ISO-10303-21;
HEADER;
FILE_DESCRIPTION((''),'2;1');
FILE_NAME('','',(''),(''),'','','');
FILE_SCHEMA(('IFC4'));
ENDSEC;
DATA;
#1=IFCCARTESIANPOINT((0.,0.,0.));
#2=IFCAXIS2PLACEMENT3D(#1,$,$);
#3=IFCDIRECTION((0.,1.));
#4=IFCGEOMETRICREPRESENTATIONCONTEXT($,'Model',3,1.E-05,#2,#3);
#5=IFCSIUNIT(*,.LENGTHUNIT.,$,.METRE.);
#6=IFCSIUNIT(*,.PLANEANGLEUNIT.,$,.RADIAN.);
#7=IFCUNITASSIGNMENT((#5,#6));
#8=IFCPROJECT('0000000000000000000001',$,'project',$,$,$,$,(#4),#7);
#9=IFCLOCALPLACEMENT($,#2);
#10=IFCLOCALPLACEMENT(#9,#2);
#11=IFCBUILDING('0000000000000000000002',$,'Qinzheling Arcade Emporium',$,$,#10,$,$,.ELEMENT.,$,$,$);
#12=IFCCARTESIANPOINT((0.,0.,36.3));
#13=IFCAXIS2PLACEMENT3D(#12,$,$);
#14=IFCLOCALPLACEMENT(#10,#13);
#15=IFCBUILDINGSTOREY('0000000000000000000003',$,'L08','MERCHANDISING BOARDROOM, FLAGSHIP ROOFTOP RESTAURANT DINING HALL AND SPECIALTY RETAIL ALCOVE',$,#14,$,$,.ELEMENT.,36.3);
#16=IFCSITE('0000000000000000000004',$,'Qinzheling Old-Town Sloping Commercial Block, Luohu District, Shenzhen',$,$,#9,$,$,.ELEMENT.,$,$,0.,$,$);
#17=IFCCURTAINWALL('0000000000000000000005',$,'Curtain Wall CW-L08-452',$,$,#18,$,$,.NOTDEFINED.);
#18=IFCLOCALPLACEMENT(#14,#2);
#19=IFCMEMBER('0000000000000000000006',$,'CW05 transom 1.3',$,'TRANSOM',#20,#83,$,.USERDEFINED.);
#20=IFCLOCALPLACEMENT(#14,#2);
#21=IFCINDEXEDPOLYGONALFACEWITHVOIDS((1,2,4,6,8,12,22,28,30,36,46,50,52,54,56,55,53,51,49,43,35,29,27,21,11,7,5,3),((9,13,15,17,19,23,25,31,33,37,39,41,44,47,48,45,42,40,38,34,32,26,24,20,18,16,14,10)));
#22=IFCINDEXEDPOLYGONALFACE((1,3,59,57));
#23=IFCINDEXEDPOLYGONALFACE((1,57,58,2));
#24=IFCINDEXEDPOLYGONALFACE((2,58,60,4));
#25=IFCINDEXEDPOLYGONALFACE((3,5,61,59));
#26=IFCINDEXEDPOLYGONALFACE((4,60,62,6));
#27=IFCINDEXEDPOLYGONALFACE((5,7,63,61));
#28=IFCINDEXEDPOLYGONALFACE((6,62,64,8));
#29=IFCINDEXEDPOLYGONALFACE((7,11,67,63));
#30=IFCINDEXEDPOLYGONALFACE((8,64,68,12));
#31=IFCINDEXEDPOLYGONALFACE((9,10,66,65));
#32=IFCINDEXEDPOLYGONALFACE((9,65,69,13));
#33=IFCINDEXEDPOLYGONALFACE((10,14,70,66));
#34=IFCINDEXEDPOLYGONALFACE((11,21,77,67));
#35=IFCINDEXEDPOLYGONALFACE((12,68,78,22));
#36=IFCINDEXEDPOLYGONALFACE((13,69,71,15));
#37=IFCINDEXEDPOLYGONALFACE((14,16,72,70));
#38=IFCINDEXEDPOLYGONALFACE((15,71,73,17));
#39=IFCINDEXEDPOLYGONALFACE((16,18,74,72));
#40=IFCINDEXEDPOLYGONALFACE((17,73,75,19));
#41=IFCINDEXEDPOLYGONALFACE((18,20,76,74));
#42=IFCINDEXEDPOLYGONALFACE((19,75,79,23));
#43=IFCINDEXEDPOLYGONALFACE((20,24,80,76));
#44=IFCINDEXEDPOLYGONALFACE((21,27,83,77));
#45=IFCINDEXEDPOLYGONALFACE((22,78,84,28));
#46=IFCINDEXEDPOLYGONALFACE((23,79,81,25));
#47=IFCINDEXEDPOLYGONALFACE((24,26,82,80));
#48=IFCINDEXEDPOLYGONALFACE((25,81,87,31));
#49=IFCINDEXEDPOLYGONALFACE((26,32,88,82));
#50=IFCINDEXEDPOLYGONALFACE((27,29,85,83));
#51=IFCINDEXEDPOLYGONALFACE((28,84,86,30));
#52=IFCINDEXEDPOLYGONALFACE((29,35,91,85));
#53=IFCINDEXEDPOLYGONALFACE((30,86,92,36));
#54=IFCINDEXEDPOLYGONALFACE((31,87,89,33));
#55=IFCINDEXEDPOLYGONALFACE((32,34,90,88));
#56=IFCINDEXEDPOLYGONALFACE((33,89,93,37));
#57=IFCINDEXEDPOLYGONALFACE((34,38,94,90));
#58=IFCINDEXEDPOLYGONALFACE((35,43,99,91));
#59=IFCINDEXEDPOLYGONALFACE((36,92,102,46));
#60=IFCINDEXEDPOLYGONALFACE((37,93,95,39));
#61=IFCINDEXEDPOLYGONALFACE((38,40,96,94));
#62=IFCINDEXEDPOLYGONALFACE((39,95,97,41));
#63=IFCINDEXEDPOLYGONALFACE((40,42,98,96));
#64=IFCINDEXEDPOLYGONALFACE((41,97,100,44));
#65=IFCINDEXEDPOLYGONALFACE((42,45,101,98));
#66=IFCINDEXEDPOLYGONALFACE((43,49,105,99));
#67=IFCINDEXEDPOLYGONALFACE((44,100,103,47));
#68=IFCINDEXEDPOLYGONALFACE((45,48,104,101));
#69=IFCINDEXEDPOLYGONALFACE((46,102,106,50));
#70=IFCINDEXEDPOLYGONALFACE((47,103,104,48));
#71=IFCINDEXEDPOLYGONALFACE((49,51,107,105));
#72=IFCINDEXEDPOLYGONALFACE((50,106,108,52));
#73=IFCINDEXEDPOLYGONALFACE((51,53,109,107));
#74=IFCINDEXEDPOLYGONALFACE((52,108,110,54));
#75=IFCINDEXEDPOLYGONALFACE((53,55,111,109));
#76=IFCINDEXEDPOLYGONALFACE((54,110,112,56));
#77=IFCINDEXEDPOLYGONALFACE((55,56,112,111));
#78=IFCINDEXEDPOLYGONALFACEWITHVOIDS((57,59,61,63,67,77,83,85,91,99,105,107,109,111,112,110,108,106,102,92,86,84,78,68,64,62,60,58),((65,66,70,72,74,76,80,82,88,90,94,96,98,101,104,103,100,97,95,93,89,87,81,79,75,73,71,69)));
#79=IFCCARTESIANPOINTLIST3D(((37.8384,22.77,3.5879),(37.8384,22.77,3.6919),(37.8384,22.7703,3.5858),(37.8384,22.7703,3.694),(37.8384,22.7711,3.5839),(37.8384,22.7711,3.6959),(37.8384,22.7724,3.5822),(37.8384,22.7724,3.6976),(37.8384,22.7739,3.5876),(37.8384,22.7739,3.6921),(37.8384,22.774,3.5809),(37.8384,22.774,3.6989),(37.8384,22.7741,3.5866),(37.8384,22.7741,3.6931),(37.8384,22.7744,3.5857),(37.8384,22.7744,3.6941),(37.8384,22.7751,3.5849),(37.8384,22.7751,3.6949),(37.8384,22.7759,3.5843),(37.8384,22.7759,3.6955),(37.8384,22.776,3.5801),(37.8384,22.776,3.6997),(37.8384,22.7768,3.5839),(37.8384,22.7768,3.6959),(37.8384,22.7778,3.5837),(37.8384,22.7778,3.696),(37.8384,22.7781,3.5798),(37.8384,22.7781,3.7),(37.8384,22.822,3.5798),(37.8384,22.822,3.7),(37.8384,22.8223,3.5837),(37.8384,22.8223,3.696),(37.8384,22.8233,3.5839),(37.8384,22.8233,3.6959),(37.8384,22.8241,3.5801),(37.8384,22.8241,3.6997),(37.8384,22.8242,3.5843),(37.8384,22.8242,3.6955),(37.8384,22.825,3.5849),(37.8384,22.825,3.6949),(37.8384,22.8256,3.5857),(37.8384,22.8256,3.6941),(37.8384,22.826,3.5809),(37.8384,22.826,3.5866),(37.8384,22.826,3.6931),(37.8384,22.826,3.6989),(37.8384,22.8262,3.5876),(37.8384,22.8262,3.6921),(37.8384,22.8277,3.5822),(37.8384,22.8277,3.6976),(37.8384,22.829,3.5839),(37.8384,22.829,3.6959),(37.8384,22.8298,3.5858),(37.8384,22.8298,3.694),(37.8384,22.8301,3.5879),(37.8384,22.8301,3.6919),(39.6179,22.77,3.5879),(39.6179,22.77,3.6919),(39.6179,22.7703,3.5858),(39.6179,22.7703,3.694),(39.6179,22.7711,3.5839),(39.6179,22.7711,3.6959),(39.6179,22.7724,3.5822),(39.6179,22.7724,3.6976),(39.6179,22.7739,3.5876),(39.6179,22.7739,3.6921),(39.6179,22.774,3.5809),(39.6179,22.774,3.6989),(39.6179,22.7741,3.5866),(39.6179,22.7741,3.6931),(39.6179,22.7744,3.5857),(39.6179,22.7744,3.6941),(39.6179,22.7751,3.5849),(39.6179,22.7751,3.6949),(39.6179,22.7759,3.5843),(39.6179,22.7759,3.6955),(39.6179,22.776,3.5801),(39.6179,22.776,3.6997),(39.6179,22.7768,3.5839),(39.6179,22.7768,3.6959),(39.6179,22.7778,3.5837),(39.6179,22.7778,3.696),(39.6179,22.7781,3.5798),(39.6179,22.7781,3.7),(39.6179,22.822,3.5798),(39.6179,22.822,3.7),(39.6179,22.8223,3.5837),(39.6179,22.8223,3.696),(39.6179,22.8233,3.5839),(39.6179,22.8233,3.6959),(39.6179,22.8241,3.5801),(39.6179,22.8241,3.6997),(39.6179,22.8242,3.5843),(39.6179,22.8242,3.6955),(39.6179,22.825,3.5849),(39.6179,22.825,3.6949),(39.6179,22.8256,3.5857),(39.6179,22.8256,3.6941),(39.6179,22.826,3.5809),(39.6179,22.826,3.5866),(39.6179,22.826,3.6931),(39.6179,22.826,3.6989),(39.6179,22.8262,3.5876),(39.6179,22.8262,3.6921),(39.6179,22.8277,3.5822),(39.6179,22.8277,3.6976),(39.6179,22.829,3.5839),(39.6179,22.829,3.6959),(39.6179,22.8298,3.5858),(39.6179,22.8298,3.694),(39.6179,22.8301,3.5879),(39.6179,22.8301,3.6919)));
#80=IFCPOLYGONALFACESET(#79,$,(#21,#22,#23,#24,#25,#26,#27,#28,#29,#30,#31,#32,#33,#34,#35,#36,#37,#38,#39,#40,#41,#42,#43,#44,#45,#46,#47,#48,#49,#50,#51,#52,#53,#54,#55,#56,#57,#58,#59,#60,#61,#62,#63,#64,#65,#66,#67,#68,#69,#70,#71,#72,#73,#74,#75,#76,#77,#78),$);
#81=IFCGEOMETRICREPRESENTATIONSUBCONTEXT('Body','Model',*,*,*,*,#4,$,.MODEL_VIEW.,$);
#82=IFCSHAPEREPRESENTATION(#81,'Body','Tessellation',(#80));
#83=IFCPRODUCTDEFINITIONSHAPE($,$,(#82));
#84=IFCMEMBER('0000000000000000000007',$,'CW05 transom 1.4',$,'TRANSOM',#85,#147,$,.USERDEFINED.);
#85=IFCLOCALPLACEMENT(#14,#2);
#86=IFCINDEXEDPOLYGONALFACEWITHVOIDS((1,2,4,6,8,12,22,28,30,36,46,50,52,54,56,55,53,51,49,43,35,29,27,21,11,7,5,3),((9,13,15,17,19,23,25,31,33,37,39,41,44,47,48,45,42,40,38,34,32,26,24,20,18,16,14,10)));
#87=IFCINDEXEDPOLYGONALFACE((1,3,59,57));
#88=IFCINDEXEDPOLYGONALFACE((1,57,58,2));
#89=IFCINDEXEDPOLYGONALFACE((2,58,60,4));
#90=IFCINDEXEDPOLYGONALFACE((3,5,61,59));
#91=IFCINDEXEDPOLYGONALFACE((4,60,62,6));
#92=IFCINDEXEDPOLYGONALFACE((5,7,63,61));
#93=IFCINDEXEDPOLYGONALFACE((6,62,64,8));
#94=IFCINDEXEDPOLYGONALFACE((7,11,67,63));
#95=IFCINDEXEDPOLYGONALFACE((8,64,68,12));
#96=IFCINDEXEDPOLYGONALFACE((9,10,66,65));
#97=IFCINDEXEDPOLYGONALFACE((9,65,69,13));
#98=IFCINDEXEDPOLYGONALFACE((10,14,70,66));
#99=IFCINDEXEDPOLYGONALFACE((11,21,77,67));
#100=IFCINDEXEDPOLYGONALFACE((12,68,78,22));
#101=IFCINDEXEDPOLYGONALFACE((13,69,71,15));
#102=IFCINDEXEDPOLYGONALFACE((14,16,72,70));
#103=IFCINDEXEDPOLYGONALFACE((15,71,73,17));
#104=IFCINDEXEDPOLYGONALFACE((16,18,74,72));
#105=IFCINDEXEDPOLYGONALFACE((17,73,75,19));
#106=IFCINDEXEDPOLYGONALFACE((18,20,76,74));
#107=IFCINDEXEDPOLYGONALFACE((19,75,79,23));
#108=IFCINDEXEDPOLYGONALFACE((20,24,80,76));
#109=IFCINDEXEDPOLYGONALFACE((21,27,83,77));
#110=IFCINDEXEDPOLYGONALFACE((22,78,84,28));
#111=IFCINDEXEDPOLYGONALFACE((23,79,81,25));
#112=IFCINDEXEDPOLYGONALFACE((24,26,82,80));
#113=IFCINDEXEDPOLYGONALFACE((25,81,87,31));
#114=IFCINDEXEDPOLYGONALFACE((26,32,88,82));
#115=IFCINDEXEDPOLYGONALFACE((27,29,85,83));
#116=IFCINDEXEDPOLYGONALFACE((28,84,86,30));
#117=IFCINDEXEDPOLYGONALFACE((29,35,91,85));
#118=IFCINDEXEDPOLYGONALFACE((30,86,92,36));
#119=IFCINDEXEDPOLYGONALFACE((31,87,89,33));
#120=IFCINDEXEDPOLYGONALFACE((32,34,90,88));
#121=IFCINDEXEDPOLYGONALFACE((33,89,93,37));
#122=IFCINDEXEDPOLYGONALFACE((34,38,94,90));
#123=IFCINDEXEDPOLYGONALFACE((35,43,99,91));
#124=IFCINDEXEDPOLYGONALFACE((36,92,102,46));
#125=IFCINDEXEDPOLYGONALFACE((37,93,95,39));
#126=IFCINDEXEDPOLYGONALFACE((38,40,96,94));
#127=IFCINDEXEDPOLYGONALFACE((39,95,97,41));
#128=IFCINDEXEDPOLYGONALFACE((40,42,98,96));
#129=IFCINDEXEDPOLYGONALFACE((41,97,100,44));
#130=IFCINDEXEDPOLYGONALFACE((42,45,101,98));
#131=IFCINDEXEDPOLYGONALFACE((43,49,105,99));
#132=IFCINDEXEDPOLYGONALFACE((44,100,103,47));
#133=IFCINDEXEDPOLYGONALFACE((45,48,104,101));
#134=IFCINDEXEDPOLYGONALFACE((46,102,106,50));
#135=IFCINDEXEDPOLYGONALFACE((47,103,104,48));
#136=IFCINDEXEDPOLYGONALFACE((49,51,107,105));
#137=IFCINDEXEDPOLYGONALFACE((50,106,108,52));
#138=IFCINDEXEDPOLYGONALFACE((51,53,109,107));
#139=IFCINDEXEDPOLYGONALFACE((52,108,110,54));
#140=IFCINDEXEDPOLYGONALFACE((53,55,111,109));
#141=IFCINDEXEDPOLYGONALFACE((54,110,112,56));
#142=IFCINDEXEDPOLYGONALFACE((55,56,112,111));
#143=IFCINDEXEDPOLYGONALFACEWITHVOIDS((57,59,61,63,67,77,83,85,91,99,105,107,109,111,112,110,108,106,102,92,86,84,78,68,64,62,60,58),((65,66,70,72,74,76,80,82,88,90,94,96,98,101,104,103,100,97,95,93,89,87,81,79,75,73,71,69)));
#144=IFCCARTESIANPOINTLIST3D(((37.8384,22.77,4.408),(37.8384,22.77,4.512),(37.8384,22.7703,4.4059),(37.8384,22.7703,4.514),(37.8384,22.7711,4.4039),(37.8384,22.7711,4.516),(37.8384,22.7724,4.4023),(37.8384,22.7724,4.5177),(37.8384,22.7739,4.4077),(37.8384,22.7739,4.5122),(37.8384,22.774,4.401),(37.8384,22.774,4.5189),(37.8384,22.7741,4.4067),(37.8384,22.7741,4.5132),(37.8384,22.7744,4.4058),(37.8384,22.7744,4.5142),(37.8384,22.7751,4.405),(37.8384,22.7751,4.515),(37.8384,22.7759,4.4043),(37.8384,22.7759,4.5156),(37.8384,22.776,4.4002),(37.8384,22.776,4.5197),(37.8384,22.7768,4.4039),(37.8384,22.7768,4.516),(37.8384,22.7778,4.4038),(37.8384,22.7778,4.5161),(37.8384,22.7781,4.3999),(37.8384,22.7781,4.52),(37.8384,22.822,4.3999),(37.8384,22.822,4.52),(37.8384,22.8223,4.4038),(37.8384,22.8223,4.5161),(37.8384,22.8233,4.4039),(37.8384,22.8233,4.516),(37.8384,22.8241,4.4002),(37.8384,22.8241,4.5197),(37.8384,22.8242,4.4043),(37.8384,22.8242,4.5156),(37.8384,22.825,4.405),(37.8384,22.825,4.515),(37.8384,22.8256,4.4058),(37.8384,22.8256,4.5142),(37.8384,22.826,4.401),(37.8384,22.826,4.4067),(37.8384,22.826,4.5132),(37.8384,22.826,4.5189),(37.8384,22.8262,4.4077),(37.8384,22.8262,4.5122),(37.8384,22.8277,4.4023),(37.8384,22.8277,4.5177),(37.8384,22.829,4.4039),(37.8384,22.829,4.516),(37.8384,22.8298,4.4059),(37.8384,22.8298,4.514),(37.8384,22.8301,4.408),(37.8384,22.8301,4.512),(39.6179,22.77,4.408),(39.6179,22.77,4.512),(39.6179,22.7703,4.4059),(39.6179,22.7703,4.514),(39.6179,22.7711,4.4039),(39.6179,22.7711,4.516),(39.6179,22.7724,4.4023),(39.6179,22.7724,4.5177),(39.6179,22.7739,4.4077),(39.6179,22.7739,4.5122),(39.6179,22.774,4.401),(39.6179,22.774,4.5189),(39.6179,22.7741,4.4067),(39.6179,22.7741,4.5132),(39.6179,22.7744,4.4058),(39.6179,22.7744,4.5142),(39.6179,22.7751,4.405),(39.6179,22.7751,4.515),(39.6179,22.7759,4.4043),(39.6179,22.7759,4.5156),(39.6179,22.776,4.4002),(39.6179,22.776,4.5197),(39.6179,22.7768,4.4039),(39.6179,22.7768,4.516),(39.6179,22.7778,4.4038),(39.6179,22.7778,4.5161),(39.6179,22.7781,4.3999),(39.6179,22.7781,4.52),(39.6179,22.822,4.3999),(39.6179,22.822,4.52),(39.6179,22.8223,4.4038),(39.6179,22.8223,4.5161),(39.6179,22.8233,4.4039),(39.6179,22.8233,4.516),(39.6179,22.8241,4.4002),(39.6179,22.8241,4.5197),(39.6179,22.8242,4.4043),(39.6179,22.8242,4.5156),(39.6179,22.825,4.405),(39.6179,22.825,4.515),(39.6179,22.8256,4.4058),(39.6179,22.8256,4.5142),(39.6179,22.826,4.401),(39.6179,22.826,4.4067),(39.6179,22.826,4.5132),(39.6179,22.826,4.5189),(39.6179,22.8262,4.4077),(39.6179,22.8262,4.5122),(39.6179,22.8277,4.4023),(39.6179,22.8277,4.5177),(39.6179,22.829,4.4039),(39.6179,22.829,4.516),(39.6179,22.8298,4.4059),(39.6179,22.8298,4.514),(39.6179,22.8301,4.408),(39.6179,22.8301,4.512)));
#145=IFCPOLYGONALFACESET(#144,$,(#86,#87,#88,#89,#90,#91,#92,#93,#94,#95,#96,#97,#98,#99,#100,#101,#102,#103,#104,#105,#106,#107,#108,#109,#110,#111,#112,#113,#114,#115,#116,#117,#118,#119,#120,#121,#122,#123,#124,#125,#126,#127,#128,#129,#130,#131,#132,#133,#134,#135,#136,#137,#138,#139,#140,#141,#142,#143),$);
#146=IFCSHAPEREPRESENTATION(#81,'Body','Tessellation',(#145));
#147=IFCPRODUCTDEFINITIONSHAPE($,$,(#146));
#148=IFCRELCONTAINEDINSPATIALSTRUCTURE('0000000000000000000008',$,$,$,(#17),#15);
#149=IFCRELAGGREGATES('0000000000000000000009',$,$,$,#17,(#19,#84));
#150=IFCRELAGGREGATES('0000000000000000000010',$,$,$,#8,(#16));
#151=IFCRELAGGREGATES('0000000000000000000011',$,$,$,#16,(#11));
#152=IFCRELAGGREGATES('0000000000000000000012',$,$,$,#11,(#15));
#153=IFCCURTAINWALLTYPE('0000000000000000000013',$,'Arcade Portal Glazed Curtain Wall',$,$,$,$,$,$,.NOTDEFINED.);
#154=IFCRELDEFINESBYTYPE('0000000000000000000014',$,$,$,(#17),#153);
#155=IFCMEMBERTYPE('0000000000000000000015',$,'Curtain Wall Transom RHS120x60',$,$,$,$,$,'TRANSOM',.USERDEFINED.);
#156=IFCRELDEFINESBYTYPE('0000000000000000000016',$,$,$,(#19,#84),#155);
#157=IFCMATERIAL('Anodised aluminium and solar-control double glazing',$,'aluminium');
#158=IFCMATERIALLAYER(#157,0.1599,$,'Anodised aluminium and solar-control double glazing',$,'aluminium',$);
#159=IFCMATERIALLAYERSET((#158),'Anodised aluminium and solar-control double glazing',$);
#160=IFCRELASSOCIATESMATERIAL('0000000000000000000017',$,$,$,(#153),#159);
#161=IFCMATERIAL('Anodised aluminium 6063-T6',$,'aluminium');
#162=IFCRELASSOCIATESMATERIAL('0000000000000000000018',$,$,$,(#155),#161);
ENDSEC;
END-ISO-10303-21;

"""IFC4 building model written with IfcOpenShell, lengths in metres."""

from ifc_helpers import new_model, si_unit, direction, frame, origin, origin_2d, place, context, subcontext, project, spatial, hollow_rectangle, extrude, material, layer, layer_set, material_profile, profile_set, type_object, element, aggregate, save


model = new_model("IFC4")

# Units and contexts
model_context = context("Model", 3, precision=1e-05, world=origin(), true_north=direction((0.0, 1.0)))
body_context = subcontext(model_context, "Body", "Model", "MODEL_VIEW")
ifc_project = project(units=[si_unit("LENGTHUNIT", "METRE"), si_unit("PLANEANGLEUNIT", "RADIAN")], contexts=[model_context])

# Site, building, storey
site_placement = place(None, origin())
site = spatial("IfcSite", under=ifc_project, at=site_placement, Name="Qinzheling Old-Town Sloping Commercial Block, Luohu District, Shenzhen", CompositionType="ELEMENT", RefElevation=0.0)
building_placement = place(site_placement, origin())
building = spatial("IfcBuilding", under=site, at=building_placement, Name="Qinzheling Arcade Emporium", CompositionType="ELEMENT")
storey_placement = place(building_placement, frame((0.0, 0.0, 36.3)))
storey = spatial("IfcBuildingStorey", under=building, at=storey_placement, Name="L08", Description="MERCHANDISING BOARDROOM, FLAGSHIP ROOFTOP RESTAURANT DINING HALL AND SPECIALTY RETAIL ALCOVE", CompositionType="ELEMENT", Elevation=36.3)

# Shared definitions
ifc_material_1 = material(Name="Anodised aluminium and solar-control double glazing", Category="aluminium")
ifc_layer_1 = layer(ifc_material_1, 0.1599, Name="Anodised aluminium and solar-control double glazing", Category="aluminium")
ifc_layer_set_1 = layer_set([ifc_layer_1], Name="Anodised aluminium and solar-control double glazing")
curtain_wall_type = type_object("IfcCurtainWallType", Name="Arcade Portal Glazed Curtain Wall", PredefinedType="NOTDEFINED", material=ifc_layer_set_1)
ifc_material_2 = material(Name="Anodised aluminium 6063-T6", Category="aluminium")

# Curtain wall, members
curtain_wall_1_placement = place(storey_placement, origin())
curtain_wall_1 = element("IfcCurtainWall", 1, at=curtain_wall_1_placement, inside=storey, type_object=curtain_wall_type, Name="Curtain Wall CW-L08-452", PredefinedType="NOTDEFINED")
ifc_material_profile_1 = material_profile(ifc_material_2, hollow_rectangle(XDim=0.0601, YDim=0.1201, WallThickness=0.0039, InnerFilletRadius=0.0039, OuterFilletRadius=0.0081, at=origin_2d()), Name="RHS 120x60x4", Category="aluminium")
ifc_profile_set_1 = profile_set([ifc_material_profile_1], Name="Anodised aluminium 6063-T6")
member_type_1 = type_object("IfcMemberType", Name="Curtain Wall Transom RHS120x60", ElementType="TRANSOM", PredefinedType="USERDEFINED", material=ifc_profile_set_1)
member_1_placement = place(storey_placement, frame((39.6179, 22.8, 3.6399), z_axis=(-1.0, 0.0, 0.0), x_axis=(0.0, -1.0, 0.0)))
member_1 = element("IfcMember", 2, at=member_1_placement, type_object=member_type_1, Name="CW05 transom 1.3", ObjectType="TRANSOM", PredefinedType="USERDEFINED", context=body_context, shape_type="SweptSolid", body=[
    extrude(hollow_rectangle(XDim=0.0601, YDim=0.1201, WallThickness=0.0039, InnerFilletRadius=0.0039, OuterFilletRadius=0.0081, at=origin_2d()), origin(), (0.0, 0.0, 1.0), 1.7795),
])
member_2_placement = place(storey_placement, frame((39.6179, 22.8, 4.46), z_axis=(-1.0, 0.0, 0.0), x_axis=(0.0, -1.0, 0.0)))
member_2 = element("IfcMember", 3, at=member_2_placement, type_object=member_type_1, Name="CW05 transom 1.4", ObjectType="TRANSOM", PredefinedType="USERDEFINED", context=body_context, shape_type="SweptSolid", body=[
    extrude(hollow_rectangle(XDim=0.0601, YDim=0.1201, WallThickness=0.0039, InnerFilletRadius=0.0039, OuterFilletRadius=0.0081, at=origin_2d()), origin(), (0.0, 0.0, 1.0), 1.7795),
])

aggregate(curtain_wall_1, [member_1, member_2])

save(model, "model.ifc")
